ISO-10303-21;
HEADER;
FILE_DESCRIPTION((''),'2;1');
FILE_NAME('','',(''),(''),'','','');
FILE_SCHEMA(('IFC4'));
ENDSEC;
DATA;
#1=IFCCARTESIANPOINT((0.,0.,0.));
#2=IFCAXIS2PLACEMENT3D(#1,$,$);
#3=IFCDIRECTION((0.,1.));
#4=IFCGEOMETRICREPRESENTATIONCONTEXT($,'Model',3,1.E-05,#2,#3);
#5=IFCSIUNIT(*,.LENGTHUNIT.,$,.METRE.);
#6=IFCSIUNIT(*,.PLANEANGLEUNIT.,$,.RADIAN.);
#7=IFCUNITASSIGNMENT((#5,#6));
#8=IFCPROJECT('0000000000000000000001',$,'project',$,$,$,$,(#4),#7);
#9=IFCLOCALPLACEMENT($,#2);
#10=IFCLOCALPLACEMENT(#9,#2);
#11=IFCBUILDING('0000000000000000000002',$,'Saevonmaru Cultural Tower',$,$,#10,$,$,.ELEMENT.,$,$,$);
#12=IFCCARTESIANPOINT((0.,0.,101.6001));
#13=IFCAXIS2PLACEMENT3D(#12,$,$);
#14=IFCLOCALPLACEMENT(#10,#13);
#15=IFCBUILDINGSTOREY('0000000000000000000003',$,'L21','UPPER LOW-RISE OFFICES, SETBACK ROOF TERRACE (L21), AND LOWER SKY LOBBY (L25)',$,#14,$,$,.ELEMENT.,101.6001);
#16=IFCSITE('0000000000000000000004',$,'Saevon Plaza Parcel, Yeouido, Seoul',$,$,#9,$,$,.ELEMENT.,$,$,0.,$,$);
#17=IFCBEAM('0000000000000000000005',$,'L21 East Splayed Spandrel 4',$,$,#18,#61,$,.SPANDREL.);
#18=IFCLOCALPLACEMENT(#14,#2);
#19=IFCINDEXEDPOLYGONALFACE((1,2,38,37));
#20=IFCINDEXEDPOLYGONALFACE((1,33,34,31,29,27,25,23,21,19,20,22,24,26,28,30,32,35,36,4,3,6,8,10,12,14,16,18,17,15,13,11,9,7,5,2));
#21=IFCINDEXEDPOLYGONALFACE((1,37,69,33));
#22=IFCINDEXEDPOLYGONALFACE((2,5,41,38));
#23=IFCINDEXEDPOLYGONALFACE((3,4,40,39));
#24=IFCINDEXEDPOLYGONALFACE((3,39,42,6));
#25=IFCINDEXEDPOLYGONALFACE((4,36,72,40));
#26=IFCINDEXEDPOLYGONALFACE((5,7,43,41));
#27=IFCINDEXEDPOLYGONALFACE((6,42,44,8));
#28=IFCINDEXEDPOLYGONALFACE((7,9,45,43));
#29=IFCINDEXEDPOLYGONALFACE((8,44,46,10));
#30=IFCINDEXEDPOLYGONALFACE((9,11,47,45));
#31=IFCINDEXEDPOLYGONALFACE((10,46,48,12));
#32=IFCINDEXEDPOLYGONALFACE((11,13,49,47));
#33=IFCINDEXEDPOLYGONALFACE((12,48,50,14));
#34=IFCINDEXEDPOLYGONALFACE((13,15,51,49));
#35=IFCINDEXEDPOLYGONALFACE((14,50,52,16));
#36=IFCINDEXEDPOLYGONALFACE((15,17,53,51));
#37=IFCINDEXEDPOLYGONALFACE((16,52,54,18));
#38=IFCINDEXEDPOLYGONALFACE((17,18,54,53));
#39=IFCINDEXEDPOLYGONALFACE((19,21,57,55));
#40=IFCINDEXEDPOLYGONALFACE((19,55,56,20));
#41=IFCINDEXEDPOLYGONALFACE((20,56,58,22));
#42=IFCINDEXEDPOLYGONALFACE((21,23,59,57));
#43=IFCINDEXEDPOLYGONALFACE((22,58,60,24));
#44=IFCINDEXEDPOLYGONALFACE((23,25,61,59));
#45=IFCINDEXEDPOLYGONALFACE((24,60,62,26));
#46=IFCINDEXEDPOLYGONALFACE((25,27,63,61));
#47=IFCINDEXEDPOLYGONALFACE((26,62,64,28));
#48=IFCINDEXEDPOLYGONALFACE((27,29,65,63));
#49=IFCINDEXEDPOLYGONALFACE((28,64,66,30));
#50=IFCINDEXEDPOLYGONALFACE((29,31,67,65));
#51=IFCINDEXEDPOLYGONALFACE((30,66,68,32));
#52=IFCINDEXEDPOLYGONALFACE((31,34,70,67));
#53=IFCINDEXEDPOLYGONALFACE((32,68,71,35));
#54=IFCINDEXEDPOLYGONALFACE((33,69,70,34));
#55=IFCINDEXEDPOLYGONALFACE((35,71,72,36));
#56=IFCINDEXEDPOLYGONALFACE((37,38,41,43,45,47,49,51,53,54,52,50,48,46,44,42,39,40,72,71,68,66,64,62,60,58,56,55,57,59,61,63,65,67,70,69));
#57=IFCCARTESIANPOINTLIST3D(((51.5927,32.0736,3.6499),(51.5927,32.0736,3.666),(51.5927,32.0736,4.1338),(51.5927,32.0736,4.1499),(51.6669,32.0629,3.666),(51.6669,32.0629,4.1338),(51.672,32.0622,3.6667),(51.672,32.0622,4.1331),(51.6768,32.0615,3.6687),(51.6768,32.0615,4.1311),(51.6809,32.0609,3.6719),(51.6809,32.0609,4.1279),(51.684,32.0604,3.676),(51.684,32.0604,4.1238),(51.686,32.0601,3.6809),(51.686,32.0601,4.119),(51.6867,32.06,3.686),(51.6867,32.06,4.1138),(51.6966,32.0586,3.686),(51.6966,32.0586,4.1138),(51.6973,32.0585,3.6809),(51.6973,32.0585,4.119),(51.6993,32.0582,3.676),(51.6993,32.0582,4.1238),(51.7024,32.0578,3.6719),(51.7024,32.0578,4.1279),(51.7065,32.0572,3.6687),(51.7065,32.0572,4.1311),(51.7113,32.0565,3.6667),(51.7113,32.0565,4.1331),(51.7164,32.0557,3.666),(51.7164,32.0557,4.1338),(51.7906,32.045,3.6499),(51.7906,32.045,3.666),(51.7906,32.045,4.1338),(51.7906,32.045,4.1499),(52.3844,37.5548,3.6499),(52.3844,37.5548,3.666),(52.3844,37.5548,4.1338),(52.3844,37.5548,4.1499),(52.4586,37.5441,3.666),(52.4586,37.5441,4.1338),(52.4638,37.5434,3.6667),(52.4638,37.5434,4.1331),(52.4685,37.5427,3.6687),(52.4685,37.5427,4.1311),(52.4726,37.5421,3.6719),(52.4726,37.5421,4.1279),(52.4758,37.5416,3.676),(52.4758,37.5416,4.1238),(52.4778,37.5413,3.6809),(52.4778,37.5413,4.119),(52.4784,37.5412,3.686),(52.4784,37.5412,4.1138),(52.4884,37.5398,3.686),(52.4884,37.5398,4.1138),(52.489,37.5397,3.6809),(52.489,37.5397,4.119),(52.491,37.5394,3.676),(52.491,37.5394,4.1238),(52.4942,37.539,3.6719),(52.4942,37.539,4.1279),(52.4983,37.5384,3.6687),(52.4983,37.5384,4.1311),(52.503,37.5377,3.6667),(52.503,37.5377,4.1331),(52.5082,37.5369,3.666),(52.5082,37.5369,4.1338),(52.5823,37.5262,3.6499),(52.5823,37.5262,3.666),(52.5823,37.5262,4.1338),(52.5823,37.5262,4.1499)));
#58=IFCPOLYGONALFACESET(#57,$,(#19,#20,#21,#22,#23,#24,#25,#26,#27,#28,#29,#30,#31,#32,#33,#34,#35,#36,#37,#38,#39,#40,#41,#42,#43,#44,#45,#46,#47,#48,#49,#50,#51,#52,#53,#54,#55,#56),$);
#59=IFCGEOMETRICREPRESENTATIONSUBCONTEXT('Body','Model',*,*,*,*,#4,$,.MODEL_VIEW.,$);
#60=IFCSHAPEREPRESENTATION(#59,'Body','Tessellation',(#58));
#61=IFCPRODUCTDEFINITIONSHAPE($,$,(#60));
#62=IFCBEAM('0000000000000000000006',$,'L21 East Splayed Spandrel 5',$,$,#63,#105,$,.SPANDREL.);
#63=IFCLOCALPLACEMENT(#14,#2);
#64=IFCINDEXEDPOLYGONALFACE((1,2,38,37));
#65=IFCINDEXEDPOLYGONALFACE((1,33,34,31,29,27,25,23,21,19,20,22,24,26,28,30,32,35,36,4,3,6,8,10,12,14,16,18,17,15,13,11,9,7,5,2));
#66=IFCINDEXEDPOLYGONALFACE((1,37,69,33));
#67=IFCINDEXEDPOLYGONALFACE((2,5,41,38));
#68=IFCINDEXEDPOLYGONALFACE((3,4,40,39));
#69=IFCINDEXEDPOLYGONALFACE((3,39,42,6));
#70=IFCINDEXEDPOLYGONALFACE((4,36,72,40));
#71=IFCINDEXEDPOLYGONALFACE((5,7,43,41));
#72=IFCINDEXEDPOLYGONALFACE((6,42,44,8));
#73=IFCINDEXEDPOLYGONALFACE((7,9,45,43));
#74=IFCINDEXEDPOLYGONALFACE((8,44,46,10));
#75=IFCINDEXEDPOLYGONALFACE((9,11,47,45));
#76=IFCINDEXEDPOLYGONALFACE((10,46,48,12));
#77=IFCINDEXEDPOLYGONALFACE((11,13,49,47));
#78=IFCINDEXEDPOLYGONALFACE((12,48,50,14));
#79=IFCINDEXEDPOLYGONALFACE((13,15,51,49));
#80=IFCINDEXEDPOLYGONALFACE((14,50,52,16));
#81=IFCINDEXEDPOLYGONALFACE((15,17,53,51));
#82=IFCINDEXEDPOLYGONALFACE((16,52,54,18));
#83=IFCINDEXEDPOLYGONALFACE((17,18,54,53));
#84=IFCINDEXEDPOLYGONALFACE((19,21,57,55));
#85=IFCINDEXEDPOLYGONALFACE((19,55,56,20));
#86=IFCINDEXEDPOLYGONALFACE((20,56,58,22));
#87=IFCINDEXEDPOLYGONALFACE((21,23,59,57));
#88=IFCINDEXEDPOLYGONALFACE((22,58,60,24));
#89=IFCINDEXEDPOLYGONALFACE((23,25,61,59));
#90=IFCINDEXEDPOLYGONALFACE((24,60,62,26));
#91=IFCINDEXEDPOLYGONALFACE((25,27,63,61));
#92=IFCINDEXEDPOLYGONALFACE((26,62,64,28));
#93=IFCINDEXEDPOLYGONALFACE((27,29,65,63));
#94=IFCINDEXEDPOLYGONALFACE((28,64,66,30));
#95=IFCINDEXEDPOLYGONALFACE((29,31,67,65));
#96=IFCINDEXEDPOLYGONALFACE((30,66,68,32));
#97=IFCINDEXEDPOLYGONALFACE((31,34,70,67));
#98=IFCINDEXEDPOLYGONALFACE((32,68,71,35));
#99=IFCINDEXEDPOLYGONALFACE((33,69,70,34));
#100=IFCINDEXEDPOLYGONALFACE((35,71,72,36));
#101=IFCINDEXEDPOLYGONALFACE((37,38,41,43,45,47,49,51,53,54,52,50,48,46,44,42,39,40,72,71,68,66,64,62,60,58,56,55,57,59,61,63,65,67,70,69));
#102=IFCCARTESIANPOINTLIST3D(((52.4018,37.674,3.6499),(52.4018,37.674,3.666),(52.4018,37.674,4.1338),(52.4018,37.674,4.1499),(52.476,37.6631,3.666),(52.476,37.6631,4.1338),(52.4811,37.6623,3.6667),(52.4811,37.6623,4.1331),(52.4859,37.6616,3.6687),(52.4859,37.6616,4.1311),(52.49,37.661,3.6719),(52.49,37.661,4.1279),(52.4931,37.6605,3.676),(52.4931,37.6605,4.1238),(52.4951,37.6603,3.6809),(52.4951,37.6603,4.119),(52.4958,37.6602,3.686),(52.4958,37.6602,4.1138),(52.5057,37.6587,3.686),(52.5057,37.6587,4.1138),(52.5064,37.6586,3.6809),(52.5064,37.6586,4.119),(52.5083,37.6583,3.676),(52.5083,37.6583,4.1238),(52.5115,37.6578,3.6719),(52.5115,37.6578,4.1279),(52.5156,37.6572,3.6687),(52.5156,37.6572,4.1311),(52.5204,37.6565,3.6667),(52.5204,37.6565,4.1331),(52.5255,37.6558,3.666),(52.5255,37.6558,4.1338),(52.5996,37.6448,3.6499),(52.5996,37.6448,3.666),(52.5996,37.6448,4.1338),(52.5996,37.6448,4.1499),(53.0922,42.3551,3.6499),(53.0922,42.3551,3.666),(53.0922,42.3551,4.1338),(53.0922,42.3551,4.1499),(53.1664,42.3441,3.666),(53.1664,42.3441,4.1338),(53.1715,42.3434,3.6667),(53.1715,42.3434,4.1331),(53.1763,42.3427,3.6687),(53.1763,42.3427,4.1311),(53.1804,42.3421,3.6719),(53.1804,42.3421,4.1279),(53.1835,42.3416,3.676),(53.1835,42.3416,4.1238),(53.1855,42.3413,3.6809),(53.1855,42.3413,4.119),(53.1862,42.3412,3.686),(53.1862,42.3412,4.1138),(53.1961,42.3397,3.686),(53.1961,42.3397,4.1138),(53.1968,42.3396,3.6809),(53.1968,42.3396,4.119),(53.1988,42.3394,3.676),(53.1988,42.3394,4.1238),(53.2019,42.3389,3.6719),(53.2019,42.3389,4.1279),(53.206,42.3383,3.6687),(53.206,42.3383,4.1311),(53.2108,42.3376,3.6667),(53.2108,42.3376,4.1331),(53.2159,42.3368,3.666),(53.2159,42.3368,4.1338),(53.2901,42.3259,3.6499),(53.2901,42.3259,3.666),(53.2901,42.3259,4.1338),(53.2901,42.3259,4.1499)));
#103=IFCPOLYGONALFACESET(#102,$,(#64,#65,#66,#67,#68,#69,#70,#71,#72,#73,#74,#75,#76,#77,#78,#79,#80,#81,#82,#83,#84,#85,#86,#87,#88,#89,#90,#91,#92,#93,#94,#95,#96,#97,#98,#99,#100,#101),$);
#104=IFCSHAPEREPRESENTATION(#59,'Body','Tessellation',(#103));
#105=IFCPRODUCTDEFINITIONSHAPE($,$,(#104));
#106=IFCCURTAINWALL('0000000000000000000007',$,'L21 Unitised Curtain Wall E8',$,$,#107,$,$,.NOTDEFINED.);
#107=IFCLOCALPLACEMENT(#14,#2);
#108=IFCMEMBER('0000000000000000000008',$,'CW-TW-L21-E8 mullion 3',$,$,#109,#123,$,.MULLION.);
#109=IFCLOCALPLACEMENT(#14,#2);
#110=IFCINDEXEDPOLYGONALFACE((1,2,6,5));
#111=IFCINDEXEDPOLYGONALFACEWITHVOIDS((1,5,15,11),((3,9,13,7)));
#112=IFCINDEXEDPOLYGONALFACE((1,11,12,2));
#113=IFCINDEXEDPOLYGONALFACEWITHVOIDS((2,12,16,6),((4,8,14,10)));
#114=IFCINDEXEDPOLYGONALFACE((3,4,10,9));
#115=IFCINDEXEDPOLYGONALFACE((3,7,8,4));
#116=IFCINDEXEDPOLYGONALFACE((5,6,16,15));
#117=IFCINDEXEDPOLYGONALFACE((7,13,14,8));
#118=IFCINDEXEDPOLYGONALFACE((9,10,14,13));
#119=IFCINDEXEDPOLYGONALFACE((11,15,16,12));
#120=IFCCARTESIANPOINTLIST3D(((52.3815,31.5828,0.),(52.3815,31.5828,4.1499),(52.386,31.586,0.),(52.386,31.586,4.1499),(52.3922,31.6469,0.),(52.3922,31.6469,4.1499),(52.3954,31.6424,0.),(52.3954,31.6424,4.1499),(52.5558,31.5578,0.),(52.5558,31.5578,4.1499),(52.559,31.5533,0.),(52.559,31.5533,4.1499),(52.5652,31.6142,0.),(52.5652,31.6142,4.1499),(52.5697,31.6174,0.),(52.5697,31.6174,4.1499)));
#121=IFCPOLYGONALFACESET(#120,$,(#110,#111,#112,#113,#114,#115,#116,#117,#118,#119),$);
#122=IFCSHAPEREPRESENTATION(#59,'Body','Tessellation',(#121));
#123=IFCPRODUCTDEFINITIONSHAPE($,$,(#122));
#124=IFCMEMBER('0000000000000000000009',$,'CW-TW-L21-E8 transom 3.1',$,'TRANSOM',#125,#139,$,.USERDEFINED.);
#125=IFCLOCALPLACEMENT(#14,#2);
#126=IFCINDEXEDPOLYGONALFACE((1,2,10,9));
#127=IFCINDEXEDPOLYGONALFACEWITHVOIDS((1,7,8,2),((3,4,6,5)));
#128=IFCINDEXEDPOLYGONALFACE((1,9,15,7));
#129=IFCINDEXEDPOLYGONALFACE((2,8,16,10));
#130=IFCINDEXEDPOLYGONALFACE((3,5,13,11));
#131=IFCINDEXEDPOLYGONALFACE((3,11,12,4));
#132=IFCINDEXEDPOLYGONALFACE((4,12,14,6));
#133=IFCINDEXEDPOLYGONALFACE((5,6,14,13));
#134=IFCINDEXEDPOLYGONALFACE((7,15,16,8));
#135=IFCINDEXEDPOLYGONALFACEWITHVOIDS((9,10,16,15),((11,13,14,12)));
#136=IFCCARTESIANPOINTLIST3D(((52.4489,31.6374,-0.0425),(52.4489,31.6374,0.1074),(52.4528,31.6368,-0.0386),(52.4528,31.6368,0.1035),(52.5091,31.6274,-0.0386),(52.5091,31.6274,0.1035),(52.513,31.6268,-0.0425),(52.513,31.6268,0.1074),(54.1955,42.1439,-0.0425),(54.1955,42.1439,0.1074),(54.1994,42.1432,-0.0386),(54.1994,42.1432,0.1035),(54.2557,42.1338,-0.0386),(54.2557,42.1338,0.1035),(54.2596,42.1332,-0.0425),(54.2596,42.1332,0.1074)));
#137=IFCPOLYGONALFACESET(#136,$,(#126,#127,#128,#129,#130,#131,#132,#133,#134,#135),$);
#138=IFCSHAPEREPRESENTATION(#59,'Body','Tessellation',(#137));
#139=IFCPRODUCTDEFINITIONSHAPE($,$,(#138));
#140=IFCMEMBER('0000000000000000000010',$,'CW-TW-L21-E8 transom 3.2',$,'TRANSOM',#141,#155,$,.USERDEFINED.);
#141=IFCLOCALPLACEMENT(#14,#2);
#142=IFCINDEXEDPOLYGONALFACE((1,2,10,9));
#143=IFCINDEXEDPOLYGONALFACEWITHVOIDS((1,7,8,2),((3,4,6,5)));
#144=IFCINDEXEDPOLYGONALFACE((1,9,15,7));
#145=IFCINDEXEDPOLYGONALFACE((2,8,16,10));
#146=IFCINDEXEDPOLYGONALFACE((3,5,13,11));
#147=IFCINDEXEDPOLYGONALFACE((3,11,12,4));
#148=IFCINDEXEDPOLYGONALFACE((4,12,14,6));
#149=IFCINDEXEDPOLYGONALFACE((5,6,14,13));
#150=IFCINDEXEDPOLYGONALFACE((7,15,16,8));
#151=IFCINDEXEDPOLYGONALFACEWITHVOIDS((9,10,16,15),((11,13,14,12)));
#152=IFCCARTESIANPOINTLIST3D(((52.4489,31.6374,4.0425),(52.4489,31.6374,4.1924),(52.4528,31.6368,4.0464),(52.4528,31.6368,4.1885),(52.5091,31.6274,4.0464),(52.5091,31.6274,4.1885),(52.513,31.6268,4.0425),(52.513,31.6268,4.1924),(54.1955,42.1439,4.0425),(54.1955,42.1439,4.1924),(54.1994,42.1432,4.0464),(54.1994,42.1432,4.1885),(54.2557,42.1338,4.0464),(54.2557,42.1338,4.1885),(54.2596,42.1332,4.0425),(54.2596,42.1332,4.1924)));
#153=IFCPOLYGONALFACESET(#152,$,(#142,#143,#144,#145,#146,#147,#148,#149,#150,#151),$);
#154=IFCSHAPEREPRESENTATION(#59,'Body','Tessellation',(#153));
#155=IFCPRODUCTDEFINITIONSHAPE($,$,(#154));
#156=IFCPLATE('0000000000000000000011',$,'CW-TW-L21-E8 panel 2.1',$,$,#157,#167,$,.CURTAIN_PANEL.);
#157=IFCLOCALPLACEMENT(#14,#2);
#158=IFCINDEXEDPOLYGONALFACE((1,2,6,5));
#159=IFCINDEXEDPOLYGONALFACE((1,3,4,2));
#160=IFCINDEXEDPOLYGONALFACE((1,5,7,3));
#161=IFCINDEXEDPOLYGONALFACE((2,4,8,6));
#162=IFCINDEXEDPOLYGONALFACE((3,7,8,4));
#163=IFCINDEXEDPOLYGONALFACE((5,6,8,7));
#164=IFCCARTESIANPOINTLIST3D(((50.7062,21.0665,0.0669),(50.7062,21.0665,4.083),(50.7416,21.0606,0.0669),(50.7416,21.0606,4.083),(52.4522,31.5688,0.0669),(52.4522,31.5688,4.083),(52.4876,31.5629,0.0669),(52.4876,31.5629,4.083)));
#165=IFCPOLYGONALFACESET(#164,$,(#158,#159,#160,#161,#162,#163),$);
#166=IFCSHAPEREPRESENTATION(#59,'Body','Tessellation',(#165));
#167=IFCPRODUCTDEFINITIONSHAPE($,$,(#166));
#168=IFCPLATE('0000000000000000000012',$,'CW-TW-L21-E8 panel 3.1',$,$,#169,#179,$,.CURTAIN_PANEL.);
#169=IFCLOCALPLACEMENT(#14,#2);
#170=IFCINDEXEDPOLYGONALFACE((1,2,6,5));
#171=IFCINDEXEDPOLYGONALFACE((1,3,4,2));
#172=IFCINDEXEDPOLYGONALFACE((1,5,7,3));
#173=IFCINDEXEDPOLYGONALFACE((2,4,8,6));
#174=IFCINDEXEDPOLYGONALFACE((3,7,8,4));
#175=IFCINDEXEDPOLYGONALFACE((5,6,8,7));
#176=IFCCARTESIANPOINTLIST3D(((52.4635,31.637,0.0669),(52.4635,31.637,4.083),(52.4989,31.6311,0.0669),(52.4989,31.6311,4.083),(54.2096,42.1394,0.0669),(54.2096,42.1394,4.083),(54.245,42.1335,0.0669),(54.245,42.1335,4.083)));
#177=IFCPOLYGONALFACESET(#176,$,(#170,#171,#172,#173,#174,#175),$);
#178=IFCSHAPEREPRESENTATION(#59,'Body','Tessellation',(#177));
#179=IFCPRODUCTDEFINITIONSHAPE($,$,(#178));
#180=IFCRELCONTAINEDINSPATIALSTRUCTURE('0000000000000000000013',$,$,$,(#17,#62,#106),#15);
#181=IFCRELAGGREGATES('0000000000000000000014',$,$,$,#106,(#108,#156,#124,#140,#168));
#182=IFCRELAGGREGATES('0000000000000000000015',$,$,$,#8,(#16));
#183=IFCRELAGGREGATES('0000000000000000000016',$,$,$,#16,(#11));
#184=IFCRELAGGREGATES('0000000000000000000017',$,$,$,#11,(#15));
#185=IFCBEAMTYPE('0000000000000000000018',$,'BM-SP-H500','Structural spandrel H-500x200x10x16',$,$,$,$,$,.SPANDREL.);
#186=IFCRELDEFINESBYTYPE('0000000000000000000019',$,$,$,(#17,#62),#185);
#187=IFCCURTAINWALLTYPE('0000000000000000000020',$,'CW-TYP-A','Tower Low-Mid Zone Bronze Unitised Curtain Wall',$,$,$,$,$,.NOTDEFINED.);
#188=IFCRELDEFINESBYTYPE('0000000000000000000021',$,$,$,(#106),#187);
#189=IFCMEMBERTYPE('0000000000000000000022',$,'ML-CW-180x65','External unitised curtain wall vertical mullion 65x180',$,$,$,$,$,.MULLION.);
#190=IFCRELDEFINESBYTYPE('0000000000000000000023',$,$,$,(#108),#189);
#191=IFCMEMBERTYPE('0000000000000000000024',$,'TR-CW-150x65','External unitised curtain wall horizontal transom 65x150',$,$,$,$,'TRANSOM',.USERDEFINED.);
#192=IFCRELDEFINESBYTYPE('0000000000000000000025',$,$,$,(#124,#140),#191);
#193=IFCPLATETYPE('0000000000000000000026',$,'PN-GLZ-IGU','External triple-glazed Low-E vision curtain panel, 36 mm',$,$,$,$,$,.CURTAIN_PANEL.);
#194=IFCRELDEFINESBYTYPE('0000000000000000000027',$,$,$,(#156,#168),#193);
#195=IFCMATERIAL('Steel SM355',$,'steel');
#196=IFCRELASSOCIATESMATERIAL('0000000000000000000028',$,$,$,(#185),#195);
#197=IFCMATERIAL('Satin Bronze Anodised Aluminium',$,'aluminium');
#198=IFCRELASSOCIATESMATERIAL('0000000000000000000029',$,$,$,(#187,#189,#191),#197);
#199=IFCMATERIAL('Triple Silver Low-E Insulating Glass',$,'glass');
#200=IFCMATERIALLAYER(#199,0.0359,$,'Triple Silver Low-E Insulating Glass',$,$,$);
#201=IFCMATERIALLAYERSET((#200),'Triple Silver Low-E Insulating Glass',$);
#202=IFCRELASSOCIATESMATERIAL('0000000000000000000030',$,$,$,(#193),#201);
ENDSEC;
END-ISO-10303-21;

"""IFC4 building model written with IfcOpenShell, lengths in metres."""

from ifc_helpers import new_model, si_unit, direction, frame, origin, origin_2d, place, context, subcontext, project, spatial, rectangle, hollow_rectangle, i_section, extrude, material, layer, layer_set, material_profile, profile_set, type_object, element, aggregate, save


model = new_model("IFC4")

# Units and contexts
model_context = context("Model", 3, precision=1e-05, world=origin(), true_north=direction((0.0, 1.0)))
body_context = subcontext(model_context, "Body", "Model", "MODEL_VIEW")
ifc_project = project(units=[si_unit("LENGTHUNIT", "METRE"), si_unit("PLANEANGLEUNIT", "RADIAN")], contexts=[model_context])

# Site, building, storey
site_placement = place(None, origin())
site = spatial("IfcSite", under=ifc_project, at=site_placement, Name="Saevon Plaza Parcel, Yeouido, Seoul", CompositionType="ELEMENT", RefElevation=0.0)
building_placement = place(site_placement, origin())
building = spatial("IfcBuilding", under=site, at=building_placement, Name="Saevonmaru Cultural Tower", CompositionType="ELEMENT")
storey_placement = place(building_placement, frame((0.0, 0.0, 101.6001)))
storey = spatial("IfcBuildingStorey", under=building, at=storey_placement, Name="L21", Description="UPPER LOW-RISE OFFICES, SETBACK ROOF TERRACE (L21), AND LOWER SKY LOBBY (L25)", CompositionType="ELEMENT", Elevation=101.6001)

# Shared definitions
ifc_material_1 = material(Name="Steel SM355", Category="steel")

# Beams
ifc_material_profile_1 = material_profile(ifc_material_1, i_section(OverallWidth=0.2, OverallDepth=0.5, WebThickness=0.01, FlangeThickness=0.0161, FilletRadius=0.02, at=origin_2d()), Name="H-500x200x10x16")
ifc_profile_set_1 = profile_set([ifc_material_profile_1], Name="Steel SM355")
beam_type_1 = type_object("IfcBeamType", Name="BM-SP-H500", Description="Structural spandrel H-500x200x10x16", PredefinedType="SPANDREL", material=ifc_profile_set_1)
beam_1_placement = place(storey_placement, frame((51.6917, 32.0593, 3.8999), z_axis=(0.142964, 0.989728, 0.0), x_axis=(-0.989728, 0.142964, 0.0)))
element("IfcBeam", 1, at=beam_1_placement, inside=storey, type_object=beam_type_1, Name="L21 East Splayed Spandrel 4", PredefinedType="SPANDREL", context=body_context, shape_type="SweptSolid", body=[
    extrude(i_section(OverallWidth=0.2, OverallDepth=0.5, WebThickness=0.01, FlangeThickness=0.0161, FilletRadius=0.02, at=origin_2d()), origin(), (0.0, 0.0, 1.0), 5.5381),
])
beam_2_placement = place(storey_placement, frame((52.5007, 37.6594, 3.8999), z_axis=(0.145913, 0.989297, 0.0), x_axis=(-0.989297, 0.145913, 0.0)))
element("IfcBeam", 2, at=beam_2_placement, inside=storey, type_object=beam_type_1, Name="L21 East Splayed Spandrel 5", PredefinedType="SPANDREL", context=body_context, shape_type="SweptSolid", body=[
    extrude(i_section(OverallWidth=0.2, OverallDepth=0.5, WebThickness=0.01, FlangeThickness=0.0161, FilletRadius=0.02, at=origin_2d()), origin(), (0.0, 0.0, 1.0), 4.7317),
])

# Curtain wall, members, plates
ifc_material_2 = material(Name="Satin Bronze Anodised Aluminium", Category="aluminium")
curtain_wall_type = type_object("IfcCurtainWallType", Name="CW-TYP-A", Description="Tower Low-Mid Zone Bronze Unitised Curtain Wall", PredefinedType="NOTDEFINED", material=ifc_material_2)
curtain_wall_placement = place(storey_placement, origin())
curtain_wall = element("IfcCurtainWall", 3, at=curtain_wall_placement, inside=storey, type_object=curtain_wall_type, Name="L21 Unitised Curtain Wall E8", PredefinedType="NOTDEFINED")
ifc_material_profile_2 = material_profile(ifc_material_2, hollow_rectangle(XDim=0.0649, YDim=0.1799, WallThickness=0.0039, at=origin_2d()), Name="ALU-MULL-180x65x4")
ifc_profile_set_2 = profile_set([ifc_material_profile_2], Name="Satin Bronze Anodised Aluminium")
member_type_1 = type_object("IfcMemberType", Name="ML-CW-180x65", Description="External unitised curtain wall vertical mullion 65x180", PredefinedType="MULLION", material=ifc_profile_set_2)
member_1_placement = place(storey_placement, frame((52.4756, 31.6001, 0.0), z_axis=(0.0, 0.0, 1.0), x_axis=(0.163999, 0.986461, 0.0)))
member_1 = element("IfcMember", 4, at=member_1_placement, type_object=member_type_1, Name="CW-TW-L21-E8 mullion 3", PredefinedType="MULLION", context=body_context, shape_type="SweptSolid", body=[
    extrude(hollow_rectangle(XDim=0.0649, YDim=0.1799, WallThickness=0.0039, at=origin_2d()), origin(), (0.0, 0.0, 1.0), 4.1499),
])
ifc_material_profile_3 = material_profile(ifc_material_2, hollow_rectangle(XDim=0.0649, YDim=0.1499, WallThickness=0.0039, at=origin_2d()), Name="ALU-TRAN-150x65x4")
ifc_profile_set_3 = profile_set([ifc_material_profile_3], Name="Satin Bronze Anodised Aluminium")
member_type_2 = type_object("IfcMemberType", Name="TR-CW-150x65", Description="External unitised curtain wall horizontal transom 65x150", ElementType="TRANSOM", PredefinedType="USERDEFINED", material=ifc_profile_set_3)
member_2_placement = place(storey_placement, frame((52.481, 31.6321, 0.0325), z_axis=(0.16399, 0.986462, 0.0), x_axis=(-0.986462, 0.16399, 0.0)))
member_2 = element("IfcMember", 5, at=member_2_placement, type_object=member_type_2, Name="CW-TW-L21-E8 transom 3.1", ObjectType="TRANSOM", PredefinedType="USERDEFINED", context=body_context, shape_type="SweptSolid", body=[
    extrude(hollow_rectangle(XDim=0.0649, YDim=0.1499, WallThickness=0.0039, at=origin_2d()), origin(), (0.0, 0.0, 1.0), 10.6506),
])
member_3_placement = place(storey_placement, frame((52.481, 31.6321, 4.1174), z_axis=(0.16399, 0.986462, 0.0), x_axis=(-0.986462, 0.16399, 0.0)))
member_3 = element("IfcMember", 6, at=member_3_placement, type_object=member_type_2, Name="CW-TW-L21-E8 transom 3.2", ObjectType="TRANSOM", PredefinedType="USERDEFINED", context=body_context, shape_type="SweptSolid", body=[
    extrude(hollow_rectangle(XDim=0.0649, YDim=0.1499, WallThickness=0.0039, at=origin_2d()), origin(), (0.0, 0.0, 1.0), 10.6506),
])
ifc_material_3 = material(Name="Triple Silver Low-E Insulating Glass", Category="glass")
ifc_layer_1 = layer(ifc_material_3, 0.0359, Name="Triple Silver Low-E Insulating Glass")
ifc_layer_set_1 = layer_set([ifc_layer_1], Name="Triple Silver Low-E Insulating Glass")
plate_type = type_object("IfcPlateType", Name="PN-GLZ-IGU", Description="External triple-glazed Low-E vision curtain panel, 36 mm", PredefinedType="CURTAIN_PANEL", material=ifc_layer_set_1)
plate_1_placement = place(storey_placement, frame((51.5969, 26.3147, 0.0669), z_axis=(0.0, 0.0, 1.0), x_axis=(0.163999, 0.986461, 0.0)))
plate_1 = element("IfcPlate", 7, at=plate_1_placement, type_object=plate_type, Name="CW-TW-L21-E8 panel 2.1", PredefinedType="CURTAIN_PANEL", context=body_context, shape_type="SweptSolid", body=[
    extrude(rectangle(XDim=10.6465, YDim=0.0359, at=origin_2d()), origin(), (0.0, 0.0, 1.0), 4.0161),
])
plate_2_placement = place(storey_placement, frame((53.3542, 36.8853, 0.0669), z_axis=(0.0, 0.0, 1.0), x_axis=(0.163999, 0.986461, 0.0)))
plate_2 = element("IfcPlate", 8, at=plate_2_placement, type_object=plate_type, Name="CW-TW-L21-E8 panel 3.1", PredefinedType="CURTAIN_PANEL", context=body_context, shape_type="SweptSolid", body=[
    extrude(rectangle(XDim=10.6465, YDim=0.0359, at=origin_2d()), origin(), (0.0, 0.0, 1.0), 4.0161),
])
aggregate(curtain_wall, [member_1, plate_1, member_2, member_3, plate_2])

save(model, "model.ifc")
